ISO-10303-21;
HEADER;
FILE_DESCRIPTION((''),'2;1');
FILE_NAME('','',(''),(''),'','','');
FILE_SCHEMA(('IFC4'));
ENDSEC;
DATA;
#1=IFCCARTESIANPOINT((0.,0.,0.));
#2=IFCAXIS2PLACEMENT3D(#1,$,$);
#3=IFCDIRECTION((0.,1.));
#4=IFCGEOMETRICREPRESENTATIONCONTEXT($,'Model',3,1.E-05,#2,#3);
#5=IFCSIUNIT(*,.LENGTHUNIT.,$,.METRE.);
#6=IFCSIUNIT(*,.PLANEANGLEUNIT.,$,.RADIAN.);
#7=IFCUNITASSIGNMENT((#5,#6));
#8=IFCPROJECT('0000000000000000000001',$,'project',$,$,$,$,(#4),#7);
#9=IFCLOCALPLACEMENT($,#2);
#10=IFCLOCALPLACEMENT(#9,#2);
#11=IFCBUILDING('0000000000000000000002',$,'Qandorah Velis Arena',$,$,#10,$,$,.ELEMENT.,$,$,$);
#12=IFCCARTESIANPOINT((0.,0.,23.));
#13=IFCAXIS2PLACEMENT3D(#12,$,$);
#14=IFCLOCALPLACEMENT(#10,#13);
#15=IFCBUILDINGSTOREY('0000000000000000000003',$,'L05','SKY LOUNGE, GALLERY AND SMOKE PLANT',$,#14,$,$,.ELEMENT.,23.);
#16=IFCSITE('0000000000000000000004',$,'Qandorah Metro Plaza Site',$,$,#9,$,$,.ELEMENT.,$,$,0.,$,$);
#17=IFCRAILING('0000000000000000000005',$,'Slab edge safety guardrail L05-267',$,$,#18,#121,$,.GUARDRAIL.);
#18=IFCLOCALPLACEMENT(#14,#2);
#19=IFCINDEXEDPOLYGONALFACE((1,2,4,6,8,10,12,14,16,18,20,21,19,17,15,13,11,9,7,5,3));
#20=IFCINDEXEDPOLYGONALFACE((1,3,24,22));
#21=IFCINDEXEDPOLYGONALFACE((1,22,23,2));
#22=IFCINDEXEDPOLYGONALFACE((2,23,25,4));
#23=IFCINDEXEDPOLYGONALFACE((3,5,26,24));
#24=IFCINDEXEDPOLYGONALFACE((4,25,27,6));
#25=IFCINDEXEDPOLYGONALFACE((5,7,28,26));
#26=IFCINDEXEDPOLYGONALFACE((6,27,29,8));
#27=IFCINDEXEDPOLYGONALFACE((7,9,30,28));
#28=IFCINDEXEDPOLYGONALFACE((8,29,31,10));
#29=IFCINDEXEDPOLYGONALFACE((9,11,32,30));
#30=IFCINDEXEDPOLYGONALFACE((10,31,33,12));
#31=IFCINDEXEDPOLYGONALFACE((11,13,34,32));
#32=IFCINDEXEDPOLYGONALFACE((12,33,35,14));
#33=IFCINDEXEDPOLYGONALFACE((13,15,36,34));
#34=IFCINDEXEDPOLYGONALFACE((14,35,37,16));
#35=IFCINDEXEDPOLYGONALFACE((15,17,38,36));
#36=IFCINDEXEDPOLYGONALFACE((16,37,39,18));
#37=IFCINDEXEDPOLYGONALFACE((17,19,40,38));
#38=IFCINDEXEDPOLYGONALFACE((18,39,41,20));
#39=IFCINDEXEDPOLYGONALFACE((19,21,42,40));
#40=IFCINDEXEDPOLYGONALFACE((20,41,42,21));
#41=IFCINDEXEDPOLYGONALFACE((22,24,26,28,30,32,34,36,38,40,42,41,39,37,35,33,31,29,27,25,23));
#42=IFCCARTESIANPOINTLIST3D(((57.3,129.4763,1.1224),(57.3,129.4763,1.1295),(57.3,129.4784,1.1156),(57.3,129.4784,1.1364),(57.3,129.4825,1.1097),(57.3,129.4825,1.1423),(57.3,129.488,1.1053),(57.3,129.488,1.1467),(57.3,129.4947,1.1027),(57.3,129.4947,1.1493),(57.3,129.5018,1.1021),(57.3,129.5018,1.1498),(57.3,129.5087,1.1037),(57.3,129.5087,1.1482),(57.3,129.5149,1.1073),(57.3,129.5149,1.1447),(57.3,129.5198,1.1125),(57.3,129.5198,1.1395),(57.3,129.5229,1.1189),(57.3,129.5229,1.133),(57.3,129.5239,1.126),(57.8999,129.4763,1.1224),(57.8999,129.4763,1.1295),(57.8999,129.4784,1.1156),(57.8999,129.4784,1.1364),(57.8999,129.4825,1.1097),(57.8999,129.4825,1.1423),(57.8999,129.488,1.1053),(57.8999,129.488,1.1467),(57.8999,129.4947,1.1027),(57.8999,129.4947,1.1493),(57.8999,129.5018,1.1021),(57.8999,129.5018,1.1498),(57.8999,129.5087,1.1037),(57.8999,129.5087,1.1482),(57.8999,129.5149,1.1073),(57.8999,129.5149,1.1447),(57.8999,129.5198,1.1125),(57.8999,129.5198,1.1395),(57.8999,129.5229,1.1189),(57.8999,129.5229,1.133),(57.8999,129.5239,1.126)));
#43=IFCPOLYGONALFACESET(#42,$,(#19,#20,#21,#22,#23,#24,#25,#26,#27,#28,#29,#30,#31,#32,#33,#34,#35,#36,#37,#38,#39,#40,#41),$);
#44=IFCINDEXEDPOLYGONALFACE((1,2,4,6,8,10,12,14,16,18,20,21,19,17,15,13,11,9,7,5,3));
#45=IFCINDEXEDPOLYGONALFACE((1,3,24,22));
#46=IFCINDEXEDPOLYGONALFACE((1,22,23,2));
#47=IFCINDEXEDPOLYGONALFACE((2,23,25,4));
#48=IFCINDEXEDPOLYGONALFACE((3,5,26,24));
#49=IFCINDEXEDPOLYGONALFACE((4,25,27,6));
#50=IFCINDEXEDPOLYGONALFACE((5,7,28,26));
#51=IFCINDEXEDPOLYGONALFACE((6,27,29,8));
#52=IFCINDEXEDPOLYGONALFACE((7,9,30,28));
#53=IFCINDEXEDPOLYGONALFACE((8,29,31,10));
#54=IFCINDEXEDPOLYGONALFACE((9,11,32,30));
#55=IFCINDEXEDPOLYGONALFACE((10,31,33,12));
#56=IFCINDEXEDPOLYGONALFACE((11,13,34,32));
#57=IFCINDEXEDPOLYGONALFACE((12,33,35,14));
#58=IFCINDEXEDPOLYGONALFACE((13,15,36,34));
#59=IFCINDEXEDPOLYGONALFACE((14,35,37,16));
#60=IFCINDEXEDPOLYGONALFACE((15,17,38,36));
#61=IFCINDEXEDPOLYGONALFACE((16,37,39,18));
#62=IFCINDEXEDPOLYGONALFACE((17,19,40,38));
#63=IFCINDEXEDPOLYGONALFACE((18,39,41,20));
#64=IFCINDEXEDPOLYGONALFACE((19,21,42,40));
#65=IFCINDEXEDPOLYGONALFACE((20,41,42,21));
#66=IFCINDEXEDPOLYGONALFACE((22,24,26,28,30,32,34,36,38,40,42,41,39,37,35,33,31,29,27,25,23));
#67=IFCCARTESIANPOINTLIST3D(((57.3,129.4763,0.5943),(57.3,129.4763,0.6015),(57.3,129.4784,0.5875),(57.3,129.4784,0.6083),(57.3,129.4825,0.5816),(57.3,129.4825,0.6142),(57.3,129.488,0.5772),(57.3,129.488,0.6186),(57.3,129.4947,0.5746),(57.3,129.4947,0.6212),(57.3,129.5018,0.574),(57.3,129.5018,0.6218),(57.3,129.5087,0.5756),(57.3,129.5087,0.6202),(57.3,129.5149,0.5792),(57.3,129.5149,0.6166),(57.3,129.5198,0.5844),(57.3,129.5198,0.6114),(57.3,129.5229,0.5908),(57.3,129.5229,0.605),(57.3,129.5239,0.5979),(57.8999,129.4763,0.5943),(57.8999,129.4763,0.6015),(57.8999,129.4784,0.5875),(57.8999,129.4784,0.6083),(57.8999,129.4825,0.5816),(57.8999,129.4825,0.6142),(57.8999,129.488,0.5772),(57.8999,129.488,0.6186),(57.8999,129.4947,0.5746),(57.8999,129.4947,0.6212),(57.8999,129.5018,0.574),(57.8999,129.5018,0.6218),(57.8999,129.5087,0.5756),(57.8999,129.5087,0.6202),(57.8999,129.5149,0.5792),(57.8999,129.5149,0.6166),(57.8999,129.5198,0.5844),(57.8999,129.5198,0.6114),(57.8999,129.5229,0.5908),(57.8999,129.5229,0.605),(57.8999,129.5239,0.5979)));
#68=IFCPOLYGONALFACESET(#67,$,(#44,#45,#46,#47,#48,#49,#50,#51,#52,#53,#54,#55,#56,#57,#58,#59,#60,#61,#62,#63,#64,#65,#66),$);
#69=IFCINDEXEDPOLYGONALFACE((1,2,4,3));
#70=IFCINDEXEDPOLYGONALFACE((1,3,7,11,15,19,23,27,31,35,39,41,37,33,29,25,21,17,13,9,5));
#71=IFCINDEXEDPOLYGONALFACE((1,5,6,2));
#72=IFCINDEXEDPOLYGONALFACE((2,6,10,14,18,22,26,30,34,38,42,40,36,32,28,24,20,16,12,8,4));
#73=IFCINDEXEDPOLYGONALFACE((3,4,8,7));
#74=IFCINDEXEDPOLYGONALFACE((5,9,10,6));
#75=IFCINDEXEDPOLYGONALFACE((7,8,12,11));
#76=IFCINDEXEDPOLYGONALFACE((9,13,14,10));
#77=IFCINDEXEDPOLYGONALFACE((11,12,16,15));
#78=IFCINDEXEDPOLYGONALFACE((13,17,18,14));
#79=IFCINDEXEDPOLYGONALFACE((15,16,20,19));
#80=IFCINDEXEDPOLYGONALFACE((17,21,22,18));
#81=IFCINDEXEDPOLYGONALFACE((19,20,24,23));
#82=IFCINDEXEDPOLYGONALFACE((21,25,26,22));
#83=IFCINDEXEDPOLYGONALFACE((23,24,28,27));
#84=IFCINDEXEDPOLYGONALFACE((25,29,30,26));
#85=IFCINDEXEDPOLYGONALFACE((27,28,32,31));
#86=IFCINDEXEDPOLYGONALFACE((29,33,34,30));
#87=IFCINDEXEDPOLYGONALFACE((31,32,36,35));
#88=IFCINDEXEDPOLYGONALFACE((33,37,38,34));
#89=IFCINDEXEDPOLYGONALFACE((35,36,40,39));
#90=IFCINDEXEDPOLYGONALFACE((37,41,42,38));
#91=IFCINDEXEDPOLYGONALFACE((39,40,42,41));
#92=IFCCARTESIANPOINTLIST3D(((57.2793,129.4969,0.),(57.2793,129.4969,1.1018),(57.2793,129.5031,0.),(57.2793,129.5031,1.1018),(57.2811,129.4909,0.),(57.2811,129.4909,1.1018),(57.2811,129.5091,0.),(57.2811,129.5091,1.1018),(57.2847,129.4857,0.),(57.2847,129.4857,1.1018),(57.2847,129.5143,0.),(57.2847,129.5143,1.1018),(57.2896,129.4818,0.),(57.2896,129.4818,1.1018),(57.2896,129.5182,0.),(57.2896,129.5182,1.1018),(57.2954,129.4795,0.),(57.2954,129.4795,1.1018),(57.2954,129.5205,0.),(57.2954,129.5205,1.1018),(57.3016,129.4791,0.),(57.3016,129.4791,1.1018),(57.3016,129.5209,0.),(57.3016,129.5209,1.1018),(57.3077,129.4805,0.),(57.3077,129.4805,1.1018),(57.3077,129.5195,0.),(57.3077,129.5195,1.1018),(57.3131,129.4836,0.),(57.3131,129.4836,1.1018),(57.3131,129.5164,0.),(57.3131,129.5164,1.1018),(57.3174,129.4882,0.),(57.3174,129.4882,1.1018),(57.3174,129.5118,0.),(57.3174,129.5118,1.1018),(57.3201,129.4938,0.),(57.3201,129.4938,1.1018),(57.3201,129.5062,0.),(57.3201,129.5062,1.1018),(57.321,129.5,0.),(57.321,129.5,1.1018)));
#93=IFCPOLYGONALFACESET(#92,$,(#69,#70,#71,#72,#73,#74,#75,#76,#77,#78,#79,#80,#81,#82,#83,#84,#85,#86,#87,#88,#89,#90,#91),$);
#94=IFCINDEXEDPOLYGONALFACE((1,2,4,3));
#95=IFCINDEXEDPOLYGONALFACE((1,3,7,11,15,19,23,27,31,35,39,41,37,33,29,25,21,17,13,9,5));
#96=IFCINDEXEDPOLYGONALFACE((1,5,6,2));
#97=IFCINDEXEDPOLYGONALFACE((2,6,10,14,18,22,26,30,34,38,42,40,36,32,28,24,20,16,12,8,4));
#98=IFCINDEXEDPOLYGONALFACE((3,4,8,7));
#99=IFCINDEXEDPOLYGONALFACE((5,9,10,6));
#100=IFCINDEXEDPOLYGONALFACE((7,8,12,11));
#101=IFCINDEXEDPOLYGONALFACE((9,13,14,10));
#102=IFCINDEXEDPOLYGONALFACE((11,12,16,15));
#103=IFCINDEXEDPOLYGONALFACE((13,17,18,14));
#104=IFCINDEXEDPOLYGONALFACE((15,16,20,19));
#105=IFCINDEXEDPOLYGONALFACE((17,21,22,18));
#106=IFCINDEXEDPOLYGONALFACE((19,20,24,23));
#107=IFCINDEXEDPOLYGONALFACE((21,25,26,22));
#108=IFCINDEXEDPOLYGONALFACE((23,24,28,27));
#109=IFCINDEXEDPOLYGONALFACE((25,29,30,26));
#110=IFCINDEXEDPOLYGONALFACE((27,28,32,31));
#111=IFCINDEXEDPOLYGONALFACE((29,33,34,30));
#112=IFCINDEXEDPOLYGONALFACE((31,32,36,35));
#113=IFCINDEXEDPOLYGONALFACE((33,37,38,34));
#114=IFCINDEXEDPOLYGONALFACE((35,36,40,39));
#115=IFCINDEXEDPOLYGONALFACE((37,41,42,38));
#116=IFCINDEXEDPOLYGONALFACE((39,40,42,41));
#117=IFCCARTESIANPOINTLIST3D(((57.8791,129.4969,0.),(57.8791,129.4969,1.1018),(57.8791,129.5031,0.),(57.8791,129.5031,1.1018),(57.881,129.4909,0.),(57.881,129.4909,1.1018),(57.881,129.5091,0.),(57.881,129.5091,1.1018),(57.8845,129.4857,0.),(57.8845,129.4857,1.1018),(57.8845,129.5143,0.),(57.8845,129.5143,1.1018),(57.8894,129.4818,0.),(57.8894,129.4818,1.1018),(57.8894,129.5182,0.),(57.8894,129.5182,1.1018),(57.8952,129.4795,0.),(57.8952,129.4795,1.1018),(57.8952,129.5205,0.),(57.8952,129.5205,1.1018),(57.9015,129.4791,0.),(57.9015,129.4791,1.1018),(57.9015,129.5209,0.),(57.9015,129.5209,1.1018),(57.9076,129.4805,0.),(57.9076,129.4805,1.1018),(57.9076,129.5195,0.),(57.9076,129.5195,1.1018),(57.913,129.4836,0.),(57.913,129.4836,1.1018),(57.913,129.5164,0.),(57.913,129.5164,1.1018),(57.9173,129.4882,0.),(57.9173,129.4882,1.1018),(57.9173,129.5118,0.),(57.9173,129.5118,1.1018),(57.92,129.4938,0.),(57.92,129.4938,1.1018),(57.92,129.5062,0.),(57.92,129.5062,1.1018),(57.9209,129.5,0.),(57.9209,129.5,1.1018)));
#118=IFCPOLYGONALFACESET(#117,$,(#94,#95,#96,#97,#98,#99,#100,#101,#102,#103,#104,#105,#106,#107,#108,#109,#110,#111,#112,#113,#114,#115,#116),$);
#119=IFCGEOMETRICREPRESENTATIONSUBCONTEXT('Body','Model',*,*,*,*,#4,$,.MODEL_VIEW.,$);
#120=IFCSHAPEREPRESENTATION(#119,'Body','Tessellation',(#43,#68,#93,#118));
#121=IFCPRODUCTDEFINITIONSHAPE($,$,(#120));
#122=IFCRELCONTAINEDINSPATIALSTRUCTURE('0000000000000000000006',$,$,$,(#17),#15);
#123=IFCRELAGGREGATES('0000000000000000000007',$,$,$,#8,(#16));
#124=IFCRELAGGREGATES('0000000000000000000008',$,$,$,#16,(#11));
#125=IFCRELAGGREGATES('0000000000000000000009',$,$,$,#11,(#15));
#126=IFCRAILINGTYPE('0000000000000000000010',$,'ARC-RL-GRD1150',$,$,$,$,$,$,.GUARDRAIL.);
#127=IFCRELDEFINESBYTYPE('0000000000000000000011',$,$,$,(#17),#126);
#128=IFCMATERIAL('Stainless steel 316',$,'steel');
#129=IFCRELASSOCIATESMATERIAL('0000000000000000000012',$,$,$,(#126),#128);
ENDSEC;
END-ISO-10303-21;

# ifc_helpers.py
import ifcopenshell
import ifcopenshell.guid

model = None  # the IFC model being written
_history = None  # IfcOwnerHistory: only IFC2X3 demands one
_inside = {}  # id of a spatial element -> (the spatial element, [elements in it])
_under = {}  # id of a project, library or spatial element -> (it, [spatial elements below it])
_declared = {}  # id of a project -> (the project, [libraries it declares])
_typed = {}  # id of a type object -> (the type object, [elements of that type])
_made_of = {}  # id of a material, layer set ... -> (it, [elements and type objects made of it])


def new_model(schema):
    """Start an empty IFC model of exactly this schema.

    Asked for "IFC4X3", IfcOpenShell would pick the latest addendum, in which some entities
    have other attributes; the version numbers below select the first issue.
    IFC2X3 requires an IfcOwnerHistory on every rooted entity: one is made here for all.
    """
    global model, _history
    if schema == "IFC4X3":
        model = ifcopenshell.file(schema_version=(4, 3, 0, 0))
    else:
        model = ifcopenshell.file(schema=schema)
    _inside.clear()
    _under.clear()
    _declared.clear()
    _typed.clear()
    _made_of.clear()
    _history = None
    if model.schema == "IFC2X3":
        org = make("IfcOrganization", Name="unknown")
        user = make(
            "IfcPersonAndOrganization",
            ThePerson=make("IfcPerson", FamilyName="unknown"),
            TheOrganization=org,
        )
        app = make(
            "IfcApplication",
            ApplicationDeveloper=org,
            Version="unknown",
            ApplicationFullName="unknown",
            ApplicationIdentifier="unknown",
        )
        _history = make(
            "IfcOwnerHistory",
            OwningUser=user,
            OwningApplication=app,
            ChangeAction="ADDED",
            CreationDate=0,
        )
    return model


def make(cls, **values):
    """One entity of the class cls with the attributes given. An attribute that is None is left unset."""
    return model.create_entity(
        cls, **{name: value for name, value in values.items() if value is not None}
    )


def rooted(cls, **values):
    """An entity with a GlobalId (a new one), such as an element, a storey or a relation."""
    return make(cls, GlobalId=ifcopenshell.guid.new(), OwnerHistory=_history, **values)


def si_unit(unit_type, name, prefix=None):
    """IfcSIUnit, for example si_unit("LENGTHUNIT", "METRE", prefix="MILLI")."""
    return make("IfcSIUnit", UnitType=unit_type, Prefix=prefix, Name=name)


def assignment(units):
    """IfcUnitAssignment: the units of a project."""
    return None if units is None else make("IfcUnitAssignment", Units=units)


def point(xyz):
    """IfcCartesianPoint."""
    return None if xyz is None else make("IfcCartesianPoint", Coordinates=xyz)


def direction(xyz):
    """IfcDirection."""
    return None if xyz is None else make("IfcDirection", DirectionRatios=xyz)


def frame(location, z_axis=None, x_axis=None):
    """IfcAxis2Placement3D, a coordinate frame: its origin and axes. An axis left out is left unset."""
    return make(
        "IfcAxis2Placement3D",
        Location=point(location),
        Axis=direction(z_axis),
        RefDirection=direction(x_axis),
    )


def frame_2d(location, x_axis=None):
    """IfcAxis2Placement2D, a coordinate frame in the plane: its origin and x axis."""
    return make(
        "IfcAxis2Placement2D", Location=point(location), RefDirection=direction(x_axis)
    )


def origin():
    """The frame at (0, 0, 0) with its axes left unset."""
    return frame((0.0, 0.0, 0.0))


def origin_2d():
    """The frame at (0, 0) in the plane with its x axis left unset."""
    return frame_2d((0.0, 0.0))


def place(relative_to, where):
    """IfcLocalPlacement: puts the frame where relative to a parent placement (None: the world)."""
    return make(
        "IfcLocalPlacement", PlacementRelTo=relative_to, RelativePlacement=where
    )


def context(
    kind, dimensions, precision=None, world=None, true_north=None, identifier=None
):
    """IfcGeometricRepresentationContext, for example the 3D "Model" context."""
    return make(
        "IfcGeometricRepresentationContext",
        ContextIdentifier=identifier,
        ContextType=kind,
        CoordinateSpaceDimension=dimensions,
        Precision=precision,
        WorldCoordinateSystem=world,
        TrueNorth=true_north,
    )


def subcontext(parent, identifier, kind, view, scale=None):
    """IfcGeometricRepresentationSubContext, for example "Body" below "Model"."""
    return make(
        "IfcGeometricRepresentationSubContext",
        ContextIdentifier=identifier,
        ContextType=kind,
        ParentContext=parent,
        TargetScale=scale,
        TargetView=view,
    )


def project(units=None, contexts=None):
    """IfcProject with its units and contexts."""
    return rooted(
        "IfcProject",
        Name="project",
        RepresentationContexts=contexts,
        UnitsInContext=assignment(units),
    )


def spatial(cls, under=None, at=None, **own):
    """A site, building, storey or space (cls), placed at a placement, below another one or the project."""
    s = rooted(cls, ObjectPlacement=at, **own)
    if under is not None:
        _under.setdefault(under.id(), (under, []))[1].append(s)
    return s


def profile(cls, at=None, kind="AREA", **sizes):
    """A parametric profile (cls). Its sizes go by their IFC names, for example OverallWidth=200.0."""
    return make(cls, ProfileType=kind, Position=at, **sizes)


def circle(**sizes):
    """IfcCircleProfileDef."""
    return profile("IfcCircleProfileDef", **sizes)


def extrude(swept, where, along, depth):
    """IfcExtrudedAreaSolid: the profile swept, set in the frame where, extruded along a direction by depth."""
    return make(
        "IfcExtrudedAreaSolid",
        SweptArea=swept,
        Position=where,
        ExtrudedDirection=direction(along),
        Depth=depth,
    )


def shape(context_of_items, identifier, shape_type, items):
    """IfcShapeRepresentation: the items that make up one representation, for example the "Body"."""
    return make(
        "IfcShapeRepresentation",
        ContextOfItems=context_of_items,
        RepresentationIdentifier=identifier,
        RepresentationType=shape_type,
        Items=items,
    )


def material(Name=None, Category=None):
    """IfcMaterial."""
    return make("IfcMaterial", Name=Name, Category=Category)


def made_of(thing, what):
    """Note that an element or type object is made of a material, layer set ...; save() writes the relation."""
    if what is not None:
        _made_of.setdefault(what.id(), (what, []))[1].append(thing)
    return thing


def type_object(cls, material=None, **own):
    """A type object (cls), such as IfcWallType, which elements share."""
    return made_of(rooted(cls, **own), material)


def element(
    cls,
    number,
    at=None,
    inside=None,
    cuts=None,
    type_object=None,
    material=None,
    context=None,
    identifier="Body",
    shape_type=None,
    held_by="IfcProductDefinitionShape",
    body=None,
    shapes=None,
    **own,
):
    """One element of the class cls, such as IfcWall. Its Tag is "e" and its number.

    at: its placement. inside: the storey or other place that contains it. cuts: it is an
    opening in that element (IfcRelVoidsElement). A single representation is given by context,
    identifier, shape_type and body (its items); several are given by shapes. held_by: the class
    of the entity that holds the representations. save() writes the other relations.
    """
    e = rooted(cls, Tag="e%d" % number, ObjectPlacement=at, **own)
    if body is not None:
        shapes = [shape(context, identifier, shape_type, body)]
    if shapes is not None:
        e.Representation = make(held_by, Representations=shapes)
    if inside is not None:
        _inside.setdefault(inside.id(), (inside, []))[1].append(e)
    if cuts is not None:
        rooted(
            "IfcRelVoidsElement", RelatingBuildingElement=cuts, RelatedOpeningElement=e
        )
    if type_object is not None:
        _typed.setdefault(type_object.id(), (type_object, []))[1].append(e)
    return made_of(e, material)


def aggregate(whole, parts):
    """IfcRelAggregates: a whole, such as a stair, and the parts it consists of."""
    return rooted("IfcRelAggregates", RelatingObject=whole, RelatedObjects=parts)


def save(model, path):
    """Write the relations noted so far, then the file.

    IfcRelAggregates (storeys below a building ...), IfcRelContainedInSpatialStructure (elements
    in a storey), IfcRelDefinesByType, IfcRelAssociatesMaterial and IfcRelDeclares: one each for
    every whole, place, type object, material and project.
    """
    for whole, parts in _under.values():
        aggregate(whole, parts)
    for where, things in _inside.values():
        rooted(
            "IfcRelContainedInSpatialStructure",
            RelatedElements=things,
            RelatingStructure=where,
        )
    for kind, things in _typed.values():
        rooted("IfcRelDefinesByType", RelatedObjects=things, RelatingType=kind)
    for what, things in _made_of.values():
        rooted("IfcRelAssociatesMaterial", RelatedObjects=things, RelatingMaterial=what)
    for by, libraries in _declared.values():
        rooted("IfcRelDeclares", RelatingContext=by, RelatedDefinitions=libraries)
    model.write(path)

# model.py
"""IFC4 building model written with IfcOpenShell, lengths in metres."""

from ifc_helpers import new_model, si_unit, direction, frame, origin, origin_2d, place, context, subcontext, project, spatial, circle, extrude, material, type_object, element, save


model = new_model("IFC4")

# Units and contexts
model_context = context("Model", 3, precision=1e-05, world=origin(), true_north=direction((0.0, 1.0)))
body_context = subcontext(model_context, "Body", "Model", "MODEL_VIEW")
ifc_project = project(units=[si_unit("LENGTHUNIT", "METRE"), si_unit("PLANEANGLEUNIT", "RADIAN")], contexts=[model_context])

# Site, building, storey
site_placement = place(None, origin())
site = spatial("IfcSite", under=ifc_project, at=site_placement, Name="Qandorah Metro Plaza Site", CompositionType="ELEMENT", RefElevation=0.0)
building_placement = place(site_placement, origin())
building = spatial("IfcBuilding", under=site, at=building_placement, Name="Qandorah Velis Arena", CompositionType="ELEMENT")
storey_placement = place(building_placement, frame((0.0, 0.0, 23.0)))
storey = spatial("IfcBuildingStorey", under=building, at=storey_placement, Name="L05", Description="SKY LOUNGE, GALLERY AND SMOKE PLANT", CompositionType="ELEMENT", Elevation=23.0)

# Railing
ifc_material_1 = material(Name="Stainless steel 316", Category="steel")
railing_type = type_object("IfcRailingType", Name="ARC-RL-GRD1150", PredefinedType="GUARDRAIL", material=ifc_material_1)
railing_placement = place(storey_placement, frame((57.3, 129.5, 0.0)))
element("IfcRailing", 1, at=railing_placement, inside=storey, type_object=railing_type, Name="Slab edge safety guardrail L05-267", PredefinedType="GUARDRAIL", context=body_context, shape_type="SweptSolid", body=[
    extrude(circle(Radius=0.0239, at=origin_2d()), frame((0.0, 0.0, 1.126), z_axis=(1.0, 0.0, 0.0), x_axis=(0.0, 1.0, 0.0)), (0.0, 0.0, 1.0), 0.5999),
    extrude(circle(Radius=0.0239, at=origin_2d()), frame((0.0, 0.0, 0.5979), z_axis=(1.0, 0.0, 0.0), x_axis=(0.0, 1.0, 0.0)), (0.0, 0.0, 1.0), 0.5999),
    extrude(circle(Radius=0.021, at=origin_2d()), origin(), (0.0, 0.0, 1.0), 1.1018),
    extrude(circle(Radius=0.021, at=origin_2d()), frame((0.5999, 0.0, 0.0)), (0.0, 0.0, 1.0), 1.1018),
])

save(model, "model.ifc")
